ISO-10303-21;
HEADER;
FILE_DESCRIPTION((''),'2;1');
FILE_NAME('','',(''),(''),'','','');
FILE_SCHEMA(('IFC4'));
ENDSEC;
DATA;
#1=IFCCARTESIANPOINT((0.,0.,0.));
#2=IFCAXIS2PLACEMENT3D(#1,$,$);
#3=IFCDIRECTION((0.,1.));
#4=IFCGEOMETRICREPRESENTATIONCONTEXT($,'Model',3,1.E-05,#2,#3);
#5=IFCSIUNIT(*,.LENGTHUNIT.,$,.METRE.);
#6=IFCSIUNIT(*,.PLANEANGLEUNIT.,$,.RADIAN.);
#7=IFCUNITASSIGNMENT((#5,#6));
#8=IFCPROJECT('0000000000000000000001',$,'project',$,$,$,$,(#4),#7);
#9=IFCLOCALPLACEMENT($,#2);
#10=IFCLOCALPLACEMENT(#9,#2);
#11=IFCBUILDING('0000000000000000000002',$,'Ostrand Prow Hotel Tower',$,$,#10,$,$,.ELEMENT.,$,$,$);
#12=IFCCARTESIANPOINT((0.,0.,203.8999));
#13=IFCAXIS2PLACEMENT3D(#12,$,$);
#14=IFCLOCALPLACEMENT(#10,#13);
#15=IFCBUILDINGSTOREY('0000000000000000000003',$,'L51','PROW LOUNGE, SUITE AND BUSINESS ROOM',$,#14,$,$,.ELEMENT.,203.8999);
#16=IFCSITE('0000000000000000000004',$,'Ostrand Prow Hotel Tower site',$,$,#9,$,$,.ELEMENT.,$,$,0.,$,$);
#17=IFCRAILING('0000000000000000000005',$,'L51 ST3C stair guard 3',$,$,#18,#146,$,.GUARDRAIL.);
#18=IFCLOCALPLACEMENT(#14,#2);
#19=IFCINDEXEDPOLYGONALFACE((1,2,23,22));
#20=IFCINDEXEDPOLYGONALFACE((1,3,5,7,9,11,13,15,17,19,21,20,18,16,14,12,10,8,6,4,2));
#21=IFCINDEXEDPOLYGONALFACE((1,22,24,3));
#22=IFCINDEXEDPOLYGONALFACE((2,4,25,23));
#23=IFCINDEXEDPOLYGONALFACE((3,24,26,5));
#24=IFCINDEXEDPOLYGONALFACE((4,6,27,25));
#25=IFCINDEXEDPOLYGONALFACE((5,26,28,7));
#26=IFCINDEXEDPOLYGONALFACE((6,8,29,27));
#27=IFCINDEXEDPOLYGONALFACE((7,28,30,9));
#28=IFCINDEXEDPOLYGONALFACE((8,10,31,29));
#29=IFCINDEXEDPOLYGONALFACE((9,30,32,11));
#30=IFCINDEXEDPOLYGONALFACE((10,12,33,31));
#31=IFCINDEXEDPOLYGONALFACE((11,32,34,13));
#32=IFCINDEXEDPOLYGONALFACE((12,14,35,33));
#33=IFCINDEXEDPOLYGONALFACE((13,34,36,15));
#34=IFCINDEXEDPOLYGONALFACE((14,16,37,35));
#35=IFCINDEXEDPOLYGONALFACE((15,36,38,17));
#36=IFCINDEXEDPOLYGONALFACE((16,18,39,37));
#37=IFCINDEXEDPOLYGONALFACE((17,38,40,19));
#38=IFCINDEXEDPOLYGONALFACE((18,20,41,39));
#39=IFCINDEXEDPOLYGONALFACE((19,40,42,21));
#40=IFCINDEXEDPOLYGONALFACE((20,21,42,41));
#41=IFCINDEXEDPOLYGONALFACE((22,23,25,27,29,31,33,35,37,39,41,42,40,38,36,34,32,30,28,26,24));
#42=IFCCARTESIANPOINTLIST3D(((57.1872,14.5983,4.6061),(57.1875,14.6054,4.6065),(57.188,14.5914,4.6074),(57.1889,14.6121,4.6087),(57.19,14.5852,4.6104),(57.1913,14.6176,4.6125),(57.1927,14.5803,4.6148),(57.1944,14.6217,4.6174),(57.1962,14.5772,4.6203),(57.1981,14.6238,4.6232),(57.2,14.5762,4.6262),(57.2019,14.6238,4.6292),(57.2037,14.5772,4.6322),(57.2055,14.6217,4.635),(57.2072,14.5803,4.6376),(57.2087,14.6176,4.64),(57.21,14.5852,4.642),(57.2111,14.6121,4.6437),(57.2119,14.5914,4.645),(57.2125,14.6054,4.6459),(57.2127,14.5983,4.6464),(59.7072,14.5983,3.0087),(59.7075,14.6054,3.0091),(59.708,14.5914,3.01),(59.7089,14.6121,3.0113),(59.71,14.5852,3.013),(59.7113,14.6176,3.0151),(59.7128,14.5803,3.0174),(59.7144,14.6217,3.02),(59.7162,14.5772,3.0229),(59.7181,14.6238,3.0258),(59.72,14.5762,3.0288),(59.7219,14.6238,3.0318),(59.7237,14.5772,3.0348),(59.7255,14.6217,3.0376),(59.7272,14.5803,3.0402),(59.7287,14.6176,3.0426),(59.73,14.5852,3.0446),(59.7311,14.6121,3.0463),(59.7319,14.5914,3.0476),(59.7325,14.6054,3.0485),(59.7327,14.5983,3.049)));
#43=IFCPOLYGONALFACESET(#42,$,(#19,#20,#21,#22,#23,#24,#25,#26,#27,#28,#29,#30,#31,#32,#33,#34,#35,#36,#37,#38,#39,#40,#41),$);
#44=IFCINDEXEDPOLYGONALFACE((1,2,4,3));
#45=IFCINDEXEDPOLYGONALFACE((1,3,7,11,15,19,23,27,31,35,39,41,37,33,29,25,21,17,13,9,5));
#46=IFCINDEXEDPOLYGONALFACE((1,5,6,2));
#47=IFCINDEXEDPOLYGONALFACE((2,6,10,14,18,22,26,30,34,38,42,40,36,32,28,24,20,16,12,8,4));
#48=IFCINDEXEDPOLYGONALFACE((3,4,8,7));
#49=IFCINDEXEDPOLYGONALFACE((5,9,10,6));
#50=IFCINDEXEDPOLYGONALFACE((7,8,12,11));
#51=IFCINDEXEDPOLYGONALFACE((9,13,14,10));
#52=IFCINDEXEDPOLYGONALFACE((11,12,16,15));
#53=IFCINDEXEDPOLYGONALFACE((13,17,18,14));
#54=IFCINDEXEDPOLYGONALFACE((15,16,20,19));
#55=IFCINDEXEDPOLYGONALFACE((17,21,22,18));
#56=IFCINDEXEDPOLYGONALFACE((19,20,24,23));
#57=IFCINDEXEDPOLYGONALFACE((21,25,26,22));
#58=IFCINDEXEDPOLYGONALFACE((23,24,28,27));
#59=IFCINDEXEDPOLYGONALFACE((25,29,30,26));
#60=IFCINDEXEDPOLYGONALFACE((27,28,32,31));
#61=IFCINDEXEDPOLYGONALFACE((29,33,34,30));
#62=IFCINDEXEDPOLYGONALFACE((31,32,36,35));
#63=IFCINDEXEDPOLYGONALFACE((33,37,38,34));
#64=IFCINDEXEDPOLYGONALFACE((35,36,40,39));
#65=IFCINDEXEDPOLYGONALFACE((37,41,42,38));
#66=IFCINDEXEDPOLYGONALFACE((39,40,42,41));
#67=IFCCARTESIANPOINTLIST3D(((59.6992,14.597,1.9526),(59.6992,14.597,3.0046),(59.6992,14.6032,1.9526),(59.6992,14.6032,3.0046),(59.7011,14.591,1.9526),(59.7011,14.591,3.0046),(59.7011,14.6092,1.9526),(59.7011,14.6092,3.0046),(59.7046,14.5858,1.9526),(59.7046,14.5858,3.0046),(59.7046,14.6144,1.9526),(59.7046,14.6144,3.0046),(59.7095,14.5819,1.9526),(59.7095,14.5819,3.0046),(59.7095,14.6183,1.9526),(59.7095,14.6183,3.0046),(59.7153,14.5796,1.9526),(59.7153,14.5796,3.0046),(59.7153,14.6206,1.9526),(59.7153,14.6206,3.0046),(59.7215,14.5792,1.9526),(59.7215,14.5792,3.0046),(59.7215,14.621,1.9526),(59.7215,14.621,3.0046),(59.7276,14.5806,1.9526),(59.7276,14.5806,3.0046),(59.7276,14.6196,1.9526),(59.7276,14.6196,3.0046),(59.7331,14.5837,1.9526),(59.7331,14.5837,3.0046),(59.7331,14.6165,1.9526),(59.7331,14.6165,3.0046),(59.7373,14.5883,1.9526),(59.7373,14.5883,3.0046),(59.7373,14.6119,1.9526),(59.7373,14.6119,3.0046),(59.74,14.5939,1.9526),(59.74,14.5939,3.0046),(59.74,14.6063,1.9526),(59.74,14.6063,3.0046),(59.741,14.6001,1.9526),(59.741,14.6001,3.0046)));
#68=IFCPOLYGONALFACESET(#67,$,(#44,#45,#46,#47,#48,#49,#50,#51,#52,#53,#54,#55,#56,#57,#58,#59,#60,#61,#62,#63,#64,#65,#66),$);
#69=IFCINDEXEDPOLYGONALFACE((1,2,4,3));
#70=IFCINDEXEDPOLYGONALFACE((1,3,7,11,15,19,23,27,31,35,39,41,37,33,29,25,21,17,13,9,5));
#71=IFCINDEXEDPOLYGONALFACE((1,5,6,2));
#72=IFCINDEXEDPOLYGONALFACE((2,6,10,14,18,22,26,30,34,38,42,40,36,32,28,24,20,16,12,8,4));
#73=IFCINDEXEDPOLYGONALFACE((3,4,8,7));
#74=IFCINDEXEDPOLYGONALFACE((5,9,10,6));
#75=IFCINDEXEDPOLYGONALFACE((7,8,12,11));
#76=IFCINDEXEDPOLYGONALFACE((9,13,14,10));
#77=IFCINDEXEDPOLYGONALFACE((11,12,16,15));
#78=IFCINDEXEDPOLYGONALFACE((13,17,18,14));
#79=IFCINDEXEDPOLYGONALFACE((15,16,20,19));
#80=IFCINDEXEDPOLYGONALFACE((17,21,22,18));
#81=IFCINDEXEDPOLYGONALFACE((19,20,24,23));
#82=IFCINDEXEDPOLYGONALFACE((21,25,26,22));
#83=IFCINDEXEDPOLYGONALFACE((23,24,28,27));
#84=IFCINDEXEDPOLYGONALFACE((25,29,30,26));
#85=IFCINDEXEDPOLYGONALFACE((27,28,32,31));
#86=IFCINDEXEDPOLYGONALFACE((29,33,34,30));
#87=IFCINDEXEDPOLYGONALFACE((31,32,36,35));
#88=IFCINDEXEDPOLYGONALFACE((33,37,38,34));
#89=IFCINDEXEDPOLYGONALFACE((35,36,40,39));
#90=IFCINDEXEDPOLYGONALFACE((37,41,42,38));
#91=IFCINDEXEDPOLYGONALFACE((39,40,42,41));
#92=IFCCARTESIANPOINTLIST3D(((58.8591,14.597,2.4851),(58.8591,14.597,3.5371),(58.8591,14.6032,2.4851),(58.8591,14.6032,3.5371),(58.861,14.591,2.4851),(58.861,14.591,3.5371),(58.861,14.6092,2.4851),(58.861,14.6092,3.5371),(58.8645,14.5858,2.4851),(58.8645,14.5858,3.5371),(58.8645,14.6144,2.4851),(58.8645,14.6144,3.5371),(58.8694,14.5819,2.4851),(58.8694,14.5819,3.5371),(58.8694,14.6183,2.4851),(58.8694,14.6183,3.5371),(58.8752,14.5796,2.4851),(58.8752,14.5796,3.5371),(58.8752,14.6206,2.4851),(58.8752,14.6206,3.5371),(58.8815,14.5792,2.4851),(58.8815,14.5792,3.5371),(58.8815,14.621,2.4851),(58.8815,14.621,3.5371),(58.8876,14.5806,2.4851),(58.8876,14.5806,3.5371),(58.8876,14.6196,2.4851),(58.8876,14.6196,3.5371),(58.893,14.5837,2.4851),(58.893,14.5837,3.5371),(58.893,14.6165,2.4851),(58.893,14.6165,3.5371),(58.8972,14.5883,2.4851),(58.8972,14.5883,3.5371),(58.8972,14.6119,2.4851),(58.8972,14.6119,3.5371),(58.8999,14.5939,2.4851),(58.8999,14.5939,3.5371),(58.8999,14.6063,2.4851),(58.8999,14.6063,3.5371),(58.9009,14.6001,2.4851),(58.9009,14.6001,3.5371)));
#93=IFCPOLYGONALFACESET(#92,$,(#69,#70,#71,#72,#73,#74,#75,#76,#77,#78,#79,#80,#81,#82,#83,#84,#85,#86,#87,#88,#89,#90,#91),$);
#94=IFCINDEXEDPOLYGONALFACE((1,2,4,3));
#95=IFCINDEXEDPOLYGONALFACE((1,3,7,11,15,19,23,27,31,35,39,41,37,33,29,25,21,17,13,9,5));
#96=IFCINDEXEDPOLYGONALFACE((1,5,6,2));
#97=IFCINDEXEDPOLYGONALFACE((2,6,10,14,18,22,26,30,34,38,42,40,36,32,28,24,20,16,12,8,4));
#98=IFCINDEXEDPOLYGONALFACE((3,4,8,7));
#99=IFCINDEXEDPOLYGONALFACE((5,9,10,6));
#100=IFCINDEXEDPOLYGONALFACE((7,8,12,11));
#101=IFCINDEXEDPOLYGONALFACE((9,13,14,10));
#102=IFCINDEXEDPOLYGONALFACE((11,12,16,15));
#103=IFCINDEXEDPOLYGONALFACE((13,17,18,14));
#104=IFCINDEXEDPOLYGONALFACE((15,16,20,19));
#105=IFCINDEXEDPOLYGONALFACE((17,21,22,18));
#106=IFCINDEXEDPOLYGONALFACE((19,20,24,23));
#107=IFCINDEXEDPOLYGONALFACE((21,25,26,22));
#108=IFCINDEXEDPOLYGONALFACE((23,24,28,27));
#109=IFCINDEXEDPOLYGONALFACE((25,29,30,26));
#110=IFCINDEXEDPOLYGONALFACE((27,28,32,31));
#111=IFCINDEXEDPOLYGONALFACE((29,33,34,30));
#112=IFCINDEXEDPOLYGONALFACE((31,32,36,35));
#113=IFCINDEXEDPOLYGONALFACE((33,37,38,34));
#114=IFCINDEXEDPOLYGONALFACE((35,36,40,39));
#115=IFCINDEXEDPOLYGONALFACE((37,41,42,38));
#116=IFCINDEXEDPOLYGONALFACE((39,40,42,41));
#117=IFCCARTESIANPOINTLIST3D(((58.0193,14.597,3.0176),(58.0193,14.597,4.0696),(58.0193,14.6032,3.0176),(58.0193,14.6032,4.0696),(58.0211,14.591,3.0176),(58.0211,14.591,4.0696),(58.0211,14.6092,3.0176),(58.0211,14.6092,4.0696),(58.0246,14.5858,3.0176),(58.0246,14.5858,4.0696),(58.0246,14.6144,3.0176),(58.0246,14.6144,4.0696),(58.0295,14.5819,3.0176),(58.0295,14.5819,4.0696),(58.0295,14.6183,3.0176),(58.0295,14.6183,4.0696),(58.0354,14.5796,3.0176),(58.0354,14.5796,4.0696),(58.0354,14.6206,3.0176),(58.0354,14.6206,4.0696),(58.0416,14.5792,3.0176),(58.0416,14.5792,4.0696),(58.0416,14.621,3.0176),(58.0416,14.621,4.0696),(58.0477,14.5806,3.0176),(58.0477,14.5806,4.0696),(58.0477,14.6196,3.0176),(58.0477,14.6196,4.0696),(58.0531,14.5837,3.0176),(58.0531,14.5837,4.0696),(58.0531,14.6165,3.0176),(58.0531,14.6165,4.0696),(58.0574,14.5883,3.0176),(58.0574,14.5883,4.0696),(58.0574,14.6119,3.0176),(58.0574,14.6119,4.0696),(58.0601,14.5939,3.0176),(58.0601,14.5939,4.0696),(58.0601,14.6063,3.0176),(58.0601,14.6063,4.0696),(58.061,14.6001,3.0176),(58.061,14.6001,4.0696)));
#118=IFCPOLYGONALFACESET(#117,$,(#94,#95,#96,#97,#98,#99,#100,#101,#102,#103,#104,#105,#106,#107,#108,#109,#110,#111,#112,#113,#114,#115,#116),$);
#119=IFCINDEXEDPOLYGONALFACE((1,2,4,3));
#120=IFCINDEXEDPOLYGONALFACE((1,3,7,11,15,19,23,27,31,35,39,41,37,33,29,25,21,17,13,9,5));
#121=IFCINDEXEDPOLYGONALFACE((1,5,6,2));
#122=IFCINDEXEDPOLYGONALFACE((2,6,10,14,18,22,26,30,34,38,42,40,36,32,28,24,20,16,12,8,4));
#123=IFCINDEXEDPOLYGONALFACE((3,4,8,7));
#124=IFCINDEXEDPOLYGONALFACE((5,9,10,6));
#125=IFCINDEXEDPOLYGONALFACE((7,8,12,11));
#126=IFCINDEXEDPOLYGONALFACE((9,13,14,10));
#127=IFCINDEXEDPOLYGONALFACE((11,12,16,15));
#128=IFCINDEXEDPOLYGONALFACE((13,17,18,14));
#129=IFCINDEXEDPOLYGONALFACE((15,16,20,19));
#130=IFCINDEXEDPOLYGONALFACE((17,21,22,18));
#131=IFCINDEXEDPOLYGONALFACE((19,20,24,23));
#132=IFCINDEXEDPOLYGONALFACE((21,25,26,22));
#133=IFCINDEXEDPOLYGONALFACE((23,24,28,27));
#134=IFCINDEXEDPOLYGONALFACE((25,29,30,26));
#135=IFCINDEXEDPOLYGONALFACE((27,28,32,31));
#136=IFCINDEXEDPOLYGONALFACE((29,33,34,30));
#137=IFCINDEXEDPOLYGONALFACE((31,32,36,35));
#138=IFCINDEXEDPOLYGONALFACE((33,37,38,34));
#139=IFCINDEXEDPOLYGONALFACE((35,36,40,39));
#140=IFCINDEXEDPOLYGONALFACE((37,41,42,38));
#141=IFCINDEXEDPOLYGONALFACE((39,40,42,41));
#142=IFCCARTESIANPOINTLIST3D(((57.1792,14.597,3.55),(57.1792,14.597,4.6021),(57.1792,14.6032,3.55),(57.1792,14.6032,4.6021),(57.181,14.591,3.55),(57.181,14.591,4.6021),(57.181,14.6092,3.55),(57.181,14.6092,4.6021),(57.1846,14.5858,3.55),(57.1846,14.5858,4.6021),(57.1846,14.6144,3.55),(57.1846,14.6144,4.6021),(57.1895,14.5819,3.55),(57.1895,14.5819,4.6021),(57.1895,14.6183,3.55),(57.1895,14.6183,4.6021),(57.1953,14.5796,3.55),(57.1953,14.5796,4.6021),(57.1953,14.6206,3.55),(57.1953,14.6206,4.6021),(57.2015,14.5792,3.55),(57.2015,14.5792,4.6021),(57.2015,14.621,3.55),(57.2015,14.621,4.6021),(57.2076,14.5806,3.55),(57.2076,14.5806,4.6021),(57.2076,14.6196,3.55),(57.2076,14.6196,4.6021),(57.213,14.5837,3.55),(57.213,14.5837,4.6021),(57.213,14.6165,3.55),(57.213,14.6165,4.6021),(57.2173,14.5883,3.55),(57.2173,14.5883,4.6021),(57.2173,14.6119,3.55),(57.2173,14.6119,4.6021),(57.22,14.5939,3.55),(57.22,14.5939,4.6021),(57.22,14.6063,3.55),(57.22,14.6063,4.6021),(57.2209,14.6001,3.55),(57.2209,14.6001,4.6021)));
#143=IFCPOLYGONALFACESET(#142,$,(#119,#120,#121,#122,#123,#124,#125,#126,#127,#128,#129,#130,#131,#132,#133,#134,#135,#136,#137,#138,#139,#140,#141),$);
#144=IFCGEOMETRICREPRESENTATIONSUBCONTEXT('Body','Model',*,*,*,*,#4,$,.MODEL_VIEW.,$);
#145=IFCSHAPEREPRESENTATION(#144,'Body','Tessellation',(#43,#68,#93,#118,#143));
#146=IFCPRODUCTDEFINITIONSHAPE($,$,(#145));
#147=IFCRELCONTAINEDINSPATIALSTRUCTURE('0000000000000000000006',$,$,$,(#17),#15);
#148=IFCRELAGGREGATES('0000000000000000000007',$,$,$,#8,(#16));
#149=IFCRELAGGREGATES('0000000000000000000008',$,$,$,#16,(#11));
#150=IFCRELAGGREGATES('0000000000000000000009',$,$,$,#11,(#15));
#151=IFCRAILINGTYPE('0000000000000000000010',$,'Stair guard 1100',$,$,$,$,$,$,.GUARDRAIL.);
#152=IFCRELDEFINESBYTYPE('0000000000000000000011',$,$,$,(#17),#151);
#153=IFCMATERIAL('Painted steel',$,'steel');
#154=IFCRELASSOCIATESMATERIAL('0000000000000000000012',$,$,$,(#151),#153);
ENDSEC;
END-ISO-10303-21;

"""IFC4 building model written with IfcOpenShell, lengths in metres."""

from ifc_helpers import new_model, si_unit, direction, frame, origin, origin_2d, place, context, subcontext, project, spatial, circle, extrude, material, type_object, element, save


model = new_model("IFC4")

# Units and contexts
model_context = context("Model", 3, precision=1e-05, world=origin(), true_north=direction((0.0, 1.0)))
body_context = subcontext(model_context, "Body", "Model", "MODEL_VIEW")
ifc_project = project(units=[si_unit("LENGTHUNIT", "METRE"), si_unit("PLANEANGLEUNIT", "RADIAN")], contexts=[model_context])

# Site, building, storey
site_placement = place(None, origin())
site = spatial("IfcSite", under=ifc_project, at=site_placement, Name="Ostrand Prow Hotel Tower site", CompositionType="ELEMENT", RefElevation=0.0)
building_placement = place(site_placement, origin())
building = spatial("IfcBuilding", under=site, at=building_placement, Name="Ostrand Prow Hotel Tower", CompositionType="ELEMENT")
storey_placement = place(building_placement, frame((0.0, 0.0, 203.8999)))
storey = spatial("IfcBuildingStorey", under=building, at=storey_placement, Name="L51", Description="PROW LOUNGE, SUITE AND BUSINESS ROOM", CompositionType="ELEMENT", Elevation=203.8999)

# Railing
ifc_material_1 = material(Name="Painted steel", Category="steel")
railing_type_1 = type_object("IfcRailingType", Name="Stair guard 1100", PredefinedType="GUARDRAIL", material=ifc_material_1)
railing_1_placement = place(storey_placement, frame((59.72, 14.6001, 1.9526)))
element("IfcRailing", 1, at=railing_1_placement, inside=storey, type_object=railing_type_1, Name="L51 ST3C stair guard 3", PredefinedType="GUARDRAIL", context=body_context, shape_type="SweptSolid", body=[
    extrude(circle(Radius=0.0239, at=origin_2d()), frame((0.0, 0.0, 1.0762), z_axis=(-0.844607, 0.0, 0.535387), x_axis=(0.0, -1.0, 0.0)), (0.0, 0.0, 1.0), 2.9836),
    extrude(circle(Radius=0.021, at=origin_2d()), origin(), (0.0, 0.0, 1.0), 1.052),
    extrude(circle(Radius=0.021, at=origin_2d()), frame((-0.8401, 0.0, 0.5325)), (0.0, 0.0, 1.0), 1.052),
    extrude(circle(Radius=0.021, at=origin_2d()), frame((-1.6799, 0.0, 1.0649)), (0.0, 0.0, 1.0), 1.052),
    extrude(circle(Radius=0.021, at=origin_2d()), frame((-2.52, 0.0, 1.5974)), (0.0, 0.0, 1.0), 1.052),
])

save(model, "model.ifc")
